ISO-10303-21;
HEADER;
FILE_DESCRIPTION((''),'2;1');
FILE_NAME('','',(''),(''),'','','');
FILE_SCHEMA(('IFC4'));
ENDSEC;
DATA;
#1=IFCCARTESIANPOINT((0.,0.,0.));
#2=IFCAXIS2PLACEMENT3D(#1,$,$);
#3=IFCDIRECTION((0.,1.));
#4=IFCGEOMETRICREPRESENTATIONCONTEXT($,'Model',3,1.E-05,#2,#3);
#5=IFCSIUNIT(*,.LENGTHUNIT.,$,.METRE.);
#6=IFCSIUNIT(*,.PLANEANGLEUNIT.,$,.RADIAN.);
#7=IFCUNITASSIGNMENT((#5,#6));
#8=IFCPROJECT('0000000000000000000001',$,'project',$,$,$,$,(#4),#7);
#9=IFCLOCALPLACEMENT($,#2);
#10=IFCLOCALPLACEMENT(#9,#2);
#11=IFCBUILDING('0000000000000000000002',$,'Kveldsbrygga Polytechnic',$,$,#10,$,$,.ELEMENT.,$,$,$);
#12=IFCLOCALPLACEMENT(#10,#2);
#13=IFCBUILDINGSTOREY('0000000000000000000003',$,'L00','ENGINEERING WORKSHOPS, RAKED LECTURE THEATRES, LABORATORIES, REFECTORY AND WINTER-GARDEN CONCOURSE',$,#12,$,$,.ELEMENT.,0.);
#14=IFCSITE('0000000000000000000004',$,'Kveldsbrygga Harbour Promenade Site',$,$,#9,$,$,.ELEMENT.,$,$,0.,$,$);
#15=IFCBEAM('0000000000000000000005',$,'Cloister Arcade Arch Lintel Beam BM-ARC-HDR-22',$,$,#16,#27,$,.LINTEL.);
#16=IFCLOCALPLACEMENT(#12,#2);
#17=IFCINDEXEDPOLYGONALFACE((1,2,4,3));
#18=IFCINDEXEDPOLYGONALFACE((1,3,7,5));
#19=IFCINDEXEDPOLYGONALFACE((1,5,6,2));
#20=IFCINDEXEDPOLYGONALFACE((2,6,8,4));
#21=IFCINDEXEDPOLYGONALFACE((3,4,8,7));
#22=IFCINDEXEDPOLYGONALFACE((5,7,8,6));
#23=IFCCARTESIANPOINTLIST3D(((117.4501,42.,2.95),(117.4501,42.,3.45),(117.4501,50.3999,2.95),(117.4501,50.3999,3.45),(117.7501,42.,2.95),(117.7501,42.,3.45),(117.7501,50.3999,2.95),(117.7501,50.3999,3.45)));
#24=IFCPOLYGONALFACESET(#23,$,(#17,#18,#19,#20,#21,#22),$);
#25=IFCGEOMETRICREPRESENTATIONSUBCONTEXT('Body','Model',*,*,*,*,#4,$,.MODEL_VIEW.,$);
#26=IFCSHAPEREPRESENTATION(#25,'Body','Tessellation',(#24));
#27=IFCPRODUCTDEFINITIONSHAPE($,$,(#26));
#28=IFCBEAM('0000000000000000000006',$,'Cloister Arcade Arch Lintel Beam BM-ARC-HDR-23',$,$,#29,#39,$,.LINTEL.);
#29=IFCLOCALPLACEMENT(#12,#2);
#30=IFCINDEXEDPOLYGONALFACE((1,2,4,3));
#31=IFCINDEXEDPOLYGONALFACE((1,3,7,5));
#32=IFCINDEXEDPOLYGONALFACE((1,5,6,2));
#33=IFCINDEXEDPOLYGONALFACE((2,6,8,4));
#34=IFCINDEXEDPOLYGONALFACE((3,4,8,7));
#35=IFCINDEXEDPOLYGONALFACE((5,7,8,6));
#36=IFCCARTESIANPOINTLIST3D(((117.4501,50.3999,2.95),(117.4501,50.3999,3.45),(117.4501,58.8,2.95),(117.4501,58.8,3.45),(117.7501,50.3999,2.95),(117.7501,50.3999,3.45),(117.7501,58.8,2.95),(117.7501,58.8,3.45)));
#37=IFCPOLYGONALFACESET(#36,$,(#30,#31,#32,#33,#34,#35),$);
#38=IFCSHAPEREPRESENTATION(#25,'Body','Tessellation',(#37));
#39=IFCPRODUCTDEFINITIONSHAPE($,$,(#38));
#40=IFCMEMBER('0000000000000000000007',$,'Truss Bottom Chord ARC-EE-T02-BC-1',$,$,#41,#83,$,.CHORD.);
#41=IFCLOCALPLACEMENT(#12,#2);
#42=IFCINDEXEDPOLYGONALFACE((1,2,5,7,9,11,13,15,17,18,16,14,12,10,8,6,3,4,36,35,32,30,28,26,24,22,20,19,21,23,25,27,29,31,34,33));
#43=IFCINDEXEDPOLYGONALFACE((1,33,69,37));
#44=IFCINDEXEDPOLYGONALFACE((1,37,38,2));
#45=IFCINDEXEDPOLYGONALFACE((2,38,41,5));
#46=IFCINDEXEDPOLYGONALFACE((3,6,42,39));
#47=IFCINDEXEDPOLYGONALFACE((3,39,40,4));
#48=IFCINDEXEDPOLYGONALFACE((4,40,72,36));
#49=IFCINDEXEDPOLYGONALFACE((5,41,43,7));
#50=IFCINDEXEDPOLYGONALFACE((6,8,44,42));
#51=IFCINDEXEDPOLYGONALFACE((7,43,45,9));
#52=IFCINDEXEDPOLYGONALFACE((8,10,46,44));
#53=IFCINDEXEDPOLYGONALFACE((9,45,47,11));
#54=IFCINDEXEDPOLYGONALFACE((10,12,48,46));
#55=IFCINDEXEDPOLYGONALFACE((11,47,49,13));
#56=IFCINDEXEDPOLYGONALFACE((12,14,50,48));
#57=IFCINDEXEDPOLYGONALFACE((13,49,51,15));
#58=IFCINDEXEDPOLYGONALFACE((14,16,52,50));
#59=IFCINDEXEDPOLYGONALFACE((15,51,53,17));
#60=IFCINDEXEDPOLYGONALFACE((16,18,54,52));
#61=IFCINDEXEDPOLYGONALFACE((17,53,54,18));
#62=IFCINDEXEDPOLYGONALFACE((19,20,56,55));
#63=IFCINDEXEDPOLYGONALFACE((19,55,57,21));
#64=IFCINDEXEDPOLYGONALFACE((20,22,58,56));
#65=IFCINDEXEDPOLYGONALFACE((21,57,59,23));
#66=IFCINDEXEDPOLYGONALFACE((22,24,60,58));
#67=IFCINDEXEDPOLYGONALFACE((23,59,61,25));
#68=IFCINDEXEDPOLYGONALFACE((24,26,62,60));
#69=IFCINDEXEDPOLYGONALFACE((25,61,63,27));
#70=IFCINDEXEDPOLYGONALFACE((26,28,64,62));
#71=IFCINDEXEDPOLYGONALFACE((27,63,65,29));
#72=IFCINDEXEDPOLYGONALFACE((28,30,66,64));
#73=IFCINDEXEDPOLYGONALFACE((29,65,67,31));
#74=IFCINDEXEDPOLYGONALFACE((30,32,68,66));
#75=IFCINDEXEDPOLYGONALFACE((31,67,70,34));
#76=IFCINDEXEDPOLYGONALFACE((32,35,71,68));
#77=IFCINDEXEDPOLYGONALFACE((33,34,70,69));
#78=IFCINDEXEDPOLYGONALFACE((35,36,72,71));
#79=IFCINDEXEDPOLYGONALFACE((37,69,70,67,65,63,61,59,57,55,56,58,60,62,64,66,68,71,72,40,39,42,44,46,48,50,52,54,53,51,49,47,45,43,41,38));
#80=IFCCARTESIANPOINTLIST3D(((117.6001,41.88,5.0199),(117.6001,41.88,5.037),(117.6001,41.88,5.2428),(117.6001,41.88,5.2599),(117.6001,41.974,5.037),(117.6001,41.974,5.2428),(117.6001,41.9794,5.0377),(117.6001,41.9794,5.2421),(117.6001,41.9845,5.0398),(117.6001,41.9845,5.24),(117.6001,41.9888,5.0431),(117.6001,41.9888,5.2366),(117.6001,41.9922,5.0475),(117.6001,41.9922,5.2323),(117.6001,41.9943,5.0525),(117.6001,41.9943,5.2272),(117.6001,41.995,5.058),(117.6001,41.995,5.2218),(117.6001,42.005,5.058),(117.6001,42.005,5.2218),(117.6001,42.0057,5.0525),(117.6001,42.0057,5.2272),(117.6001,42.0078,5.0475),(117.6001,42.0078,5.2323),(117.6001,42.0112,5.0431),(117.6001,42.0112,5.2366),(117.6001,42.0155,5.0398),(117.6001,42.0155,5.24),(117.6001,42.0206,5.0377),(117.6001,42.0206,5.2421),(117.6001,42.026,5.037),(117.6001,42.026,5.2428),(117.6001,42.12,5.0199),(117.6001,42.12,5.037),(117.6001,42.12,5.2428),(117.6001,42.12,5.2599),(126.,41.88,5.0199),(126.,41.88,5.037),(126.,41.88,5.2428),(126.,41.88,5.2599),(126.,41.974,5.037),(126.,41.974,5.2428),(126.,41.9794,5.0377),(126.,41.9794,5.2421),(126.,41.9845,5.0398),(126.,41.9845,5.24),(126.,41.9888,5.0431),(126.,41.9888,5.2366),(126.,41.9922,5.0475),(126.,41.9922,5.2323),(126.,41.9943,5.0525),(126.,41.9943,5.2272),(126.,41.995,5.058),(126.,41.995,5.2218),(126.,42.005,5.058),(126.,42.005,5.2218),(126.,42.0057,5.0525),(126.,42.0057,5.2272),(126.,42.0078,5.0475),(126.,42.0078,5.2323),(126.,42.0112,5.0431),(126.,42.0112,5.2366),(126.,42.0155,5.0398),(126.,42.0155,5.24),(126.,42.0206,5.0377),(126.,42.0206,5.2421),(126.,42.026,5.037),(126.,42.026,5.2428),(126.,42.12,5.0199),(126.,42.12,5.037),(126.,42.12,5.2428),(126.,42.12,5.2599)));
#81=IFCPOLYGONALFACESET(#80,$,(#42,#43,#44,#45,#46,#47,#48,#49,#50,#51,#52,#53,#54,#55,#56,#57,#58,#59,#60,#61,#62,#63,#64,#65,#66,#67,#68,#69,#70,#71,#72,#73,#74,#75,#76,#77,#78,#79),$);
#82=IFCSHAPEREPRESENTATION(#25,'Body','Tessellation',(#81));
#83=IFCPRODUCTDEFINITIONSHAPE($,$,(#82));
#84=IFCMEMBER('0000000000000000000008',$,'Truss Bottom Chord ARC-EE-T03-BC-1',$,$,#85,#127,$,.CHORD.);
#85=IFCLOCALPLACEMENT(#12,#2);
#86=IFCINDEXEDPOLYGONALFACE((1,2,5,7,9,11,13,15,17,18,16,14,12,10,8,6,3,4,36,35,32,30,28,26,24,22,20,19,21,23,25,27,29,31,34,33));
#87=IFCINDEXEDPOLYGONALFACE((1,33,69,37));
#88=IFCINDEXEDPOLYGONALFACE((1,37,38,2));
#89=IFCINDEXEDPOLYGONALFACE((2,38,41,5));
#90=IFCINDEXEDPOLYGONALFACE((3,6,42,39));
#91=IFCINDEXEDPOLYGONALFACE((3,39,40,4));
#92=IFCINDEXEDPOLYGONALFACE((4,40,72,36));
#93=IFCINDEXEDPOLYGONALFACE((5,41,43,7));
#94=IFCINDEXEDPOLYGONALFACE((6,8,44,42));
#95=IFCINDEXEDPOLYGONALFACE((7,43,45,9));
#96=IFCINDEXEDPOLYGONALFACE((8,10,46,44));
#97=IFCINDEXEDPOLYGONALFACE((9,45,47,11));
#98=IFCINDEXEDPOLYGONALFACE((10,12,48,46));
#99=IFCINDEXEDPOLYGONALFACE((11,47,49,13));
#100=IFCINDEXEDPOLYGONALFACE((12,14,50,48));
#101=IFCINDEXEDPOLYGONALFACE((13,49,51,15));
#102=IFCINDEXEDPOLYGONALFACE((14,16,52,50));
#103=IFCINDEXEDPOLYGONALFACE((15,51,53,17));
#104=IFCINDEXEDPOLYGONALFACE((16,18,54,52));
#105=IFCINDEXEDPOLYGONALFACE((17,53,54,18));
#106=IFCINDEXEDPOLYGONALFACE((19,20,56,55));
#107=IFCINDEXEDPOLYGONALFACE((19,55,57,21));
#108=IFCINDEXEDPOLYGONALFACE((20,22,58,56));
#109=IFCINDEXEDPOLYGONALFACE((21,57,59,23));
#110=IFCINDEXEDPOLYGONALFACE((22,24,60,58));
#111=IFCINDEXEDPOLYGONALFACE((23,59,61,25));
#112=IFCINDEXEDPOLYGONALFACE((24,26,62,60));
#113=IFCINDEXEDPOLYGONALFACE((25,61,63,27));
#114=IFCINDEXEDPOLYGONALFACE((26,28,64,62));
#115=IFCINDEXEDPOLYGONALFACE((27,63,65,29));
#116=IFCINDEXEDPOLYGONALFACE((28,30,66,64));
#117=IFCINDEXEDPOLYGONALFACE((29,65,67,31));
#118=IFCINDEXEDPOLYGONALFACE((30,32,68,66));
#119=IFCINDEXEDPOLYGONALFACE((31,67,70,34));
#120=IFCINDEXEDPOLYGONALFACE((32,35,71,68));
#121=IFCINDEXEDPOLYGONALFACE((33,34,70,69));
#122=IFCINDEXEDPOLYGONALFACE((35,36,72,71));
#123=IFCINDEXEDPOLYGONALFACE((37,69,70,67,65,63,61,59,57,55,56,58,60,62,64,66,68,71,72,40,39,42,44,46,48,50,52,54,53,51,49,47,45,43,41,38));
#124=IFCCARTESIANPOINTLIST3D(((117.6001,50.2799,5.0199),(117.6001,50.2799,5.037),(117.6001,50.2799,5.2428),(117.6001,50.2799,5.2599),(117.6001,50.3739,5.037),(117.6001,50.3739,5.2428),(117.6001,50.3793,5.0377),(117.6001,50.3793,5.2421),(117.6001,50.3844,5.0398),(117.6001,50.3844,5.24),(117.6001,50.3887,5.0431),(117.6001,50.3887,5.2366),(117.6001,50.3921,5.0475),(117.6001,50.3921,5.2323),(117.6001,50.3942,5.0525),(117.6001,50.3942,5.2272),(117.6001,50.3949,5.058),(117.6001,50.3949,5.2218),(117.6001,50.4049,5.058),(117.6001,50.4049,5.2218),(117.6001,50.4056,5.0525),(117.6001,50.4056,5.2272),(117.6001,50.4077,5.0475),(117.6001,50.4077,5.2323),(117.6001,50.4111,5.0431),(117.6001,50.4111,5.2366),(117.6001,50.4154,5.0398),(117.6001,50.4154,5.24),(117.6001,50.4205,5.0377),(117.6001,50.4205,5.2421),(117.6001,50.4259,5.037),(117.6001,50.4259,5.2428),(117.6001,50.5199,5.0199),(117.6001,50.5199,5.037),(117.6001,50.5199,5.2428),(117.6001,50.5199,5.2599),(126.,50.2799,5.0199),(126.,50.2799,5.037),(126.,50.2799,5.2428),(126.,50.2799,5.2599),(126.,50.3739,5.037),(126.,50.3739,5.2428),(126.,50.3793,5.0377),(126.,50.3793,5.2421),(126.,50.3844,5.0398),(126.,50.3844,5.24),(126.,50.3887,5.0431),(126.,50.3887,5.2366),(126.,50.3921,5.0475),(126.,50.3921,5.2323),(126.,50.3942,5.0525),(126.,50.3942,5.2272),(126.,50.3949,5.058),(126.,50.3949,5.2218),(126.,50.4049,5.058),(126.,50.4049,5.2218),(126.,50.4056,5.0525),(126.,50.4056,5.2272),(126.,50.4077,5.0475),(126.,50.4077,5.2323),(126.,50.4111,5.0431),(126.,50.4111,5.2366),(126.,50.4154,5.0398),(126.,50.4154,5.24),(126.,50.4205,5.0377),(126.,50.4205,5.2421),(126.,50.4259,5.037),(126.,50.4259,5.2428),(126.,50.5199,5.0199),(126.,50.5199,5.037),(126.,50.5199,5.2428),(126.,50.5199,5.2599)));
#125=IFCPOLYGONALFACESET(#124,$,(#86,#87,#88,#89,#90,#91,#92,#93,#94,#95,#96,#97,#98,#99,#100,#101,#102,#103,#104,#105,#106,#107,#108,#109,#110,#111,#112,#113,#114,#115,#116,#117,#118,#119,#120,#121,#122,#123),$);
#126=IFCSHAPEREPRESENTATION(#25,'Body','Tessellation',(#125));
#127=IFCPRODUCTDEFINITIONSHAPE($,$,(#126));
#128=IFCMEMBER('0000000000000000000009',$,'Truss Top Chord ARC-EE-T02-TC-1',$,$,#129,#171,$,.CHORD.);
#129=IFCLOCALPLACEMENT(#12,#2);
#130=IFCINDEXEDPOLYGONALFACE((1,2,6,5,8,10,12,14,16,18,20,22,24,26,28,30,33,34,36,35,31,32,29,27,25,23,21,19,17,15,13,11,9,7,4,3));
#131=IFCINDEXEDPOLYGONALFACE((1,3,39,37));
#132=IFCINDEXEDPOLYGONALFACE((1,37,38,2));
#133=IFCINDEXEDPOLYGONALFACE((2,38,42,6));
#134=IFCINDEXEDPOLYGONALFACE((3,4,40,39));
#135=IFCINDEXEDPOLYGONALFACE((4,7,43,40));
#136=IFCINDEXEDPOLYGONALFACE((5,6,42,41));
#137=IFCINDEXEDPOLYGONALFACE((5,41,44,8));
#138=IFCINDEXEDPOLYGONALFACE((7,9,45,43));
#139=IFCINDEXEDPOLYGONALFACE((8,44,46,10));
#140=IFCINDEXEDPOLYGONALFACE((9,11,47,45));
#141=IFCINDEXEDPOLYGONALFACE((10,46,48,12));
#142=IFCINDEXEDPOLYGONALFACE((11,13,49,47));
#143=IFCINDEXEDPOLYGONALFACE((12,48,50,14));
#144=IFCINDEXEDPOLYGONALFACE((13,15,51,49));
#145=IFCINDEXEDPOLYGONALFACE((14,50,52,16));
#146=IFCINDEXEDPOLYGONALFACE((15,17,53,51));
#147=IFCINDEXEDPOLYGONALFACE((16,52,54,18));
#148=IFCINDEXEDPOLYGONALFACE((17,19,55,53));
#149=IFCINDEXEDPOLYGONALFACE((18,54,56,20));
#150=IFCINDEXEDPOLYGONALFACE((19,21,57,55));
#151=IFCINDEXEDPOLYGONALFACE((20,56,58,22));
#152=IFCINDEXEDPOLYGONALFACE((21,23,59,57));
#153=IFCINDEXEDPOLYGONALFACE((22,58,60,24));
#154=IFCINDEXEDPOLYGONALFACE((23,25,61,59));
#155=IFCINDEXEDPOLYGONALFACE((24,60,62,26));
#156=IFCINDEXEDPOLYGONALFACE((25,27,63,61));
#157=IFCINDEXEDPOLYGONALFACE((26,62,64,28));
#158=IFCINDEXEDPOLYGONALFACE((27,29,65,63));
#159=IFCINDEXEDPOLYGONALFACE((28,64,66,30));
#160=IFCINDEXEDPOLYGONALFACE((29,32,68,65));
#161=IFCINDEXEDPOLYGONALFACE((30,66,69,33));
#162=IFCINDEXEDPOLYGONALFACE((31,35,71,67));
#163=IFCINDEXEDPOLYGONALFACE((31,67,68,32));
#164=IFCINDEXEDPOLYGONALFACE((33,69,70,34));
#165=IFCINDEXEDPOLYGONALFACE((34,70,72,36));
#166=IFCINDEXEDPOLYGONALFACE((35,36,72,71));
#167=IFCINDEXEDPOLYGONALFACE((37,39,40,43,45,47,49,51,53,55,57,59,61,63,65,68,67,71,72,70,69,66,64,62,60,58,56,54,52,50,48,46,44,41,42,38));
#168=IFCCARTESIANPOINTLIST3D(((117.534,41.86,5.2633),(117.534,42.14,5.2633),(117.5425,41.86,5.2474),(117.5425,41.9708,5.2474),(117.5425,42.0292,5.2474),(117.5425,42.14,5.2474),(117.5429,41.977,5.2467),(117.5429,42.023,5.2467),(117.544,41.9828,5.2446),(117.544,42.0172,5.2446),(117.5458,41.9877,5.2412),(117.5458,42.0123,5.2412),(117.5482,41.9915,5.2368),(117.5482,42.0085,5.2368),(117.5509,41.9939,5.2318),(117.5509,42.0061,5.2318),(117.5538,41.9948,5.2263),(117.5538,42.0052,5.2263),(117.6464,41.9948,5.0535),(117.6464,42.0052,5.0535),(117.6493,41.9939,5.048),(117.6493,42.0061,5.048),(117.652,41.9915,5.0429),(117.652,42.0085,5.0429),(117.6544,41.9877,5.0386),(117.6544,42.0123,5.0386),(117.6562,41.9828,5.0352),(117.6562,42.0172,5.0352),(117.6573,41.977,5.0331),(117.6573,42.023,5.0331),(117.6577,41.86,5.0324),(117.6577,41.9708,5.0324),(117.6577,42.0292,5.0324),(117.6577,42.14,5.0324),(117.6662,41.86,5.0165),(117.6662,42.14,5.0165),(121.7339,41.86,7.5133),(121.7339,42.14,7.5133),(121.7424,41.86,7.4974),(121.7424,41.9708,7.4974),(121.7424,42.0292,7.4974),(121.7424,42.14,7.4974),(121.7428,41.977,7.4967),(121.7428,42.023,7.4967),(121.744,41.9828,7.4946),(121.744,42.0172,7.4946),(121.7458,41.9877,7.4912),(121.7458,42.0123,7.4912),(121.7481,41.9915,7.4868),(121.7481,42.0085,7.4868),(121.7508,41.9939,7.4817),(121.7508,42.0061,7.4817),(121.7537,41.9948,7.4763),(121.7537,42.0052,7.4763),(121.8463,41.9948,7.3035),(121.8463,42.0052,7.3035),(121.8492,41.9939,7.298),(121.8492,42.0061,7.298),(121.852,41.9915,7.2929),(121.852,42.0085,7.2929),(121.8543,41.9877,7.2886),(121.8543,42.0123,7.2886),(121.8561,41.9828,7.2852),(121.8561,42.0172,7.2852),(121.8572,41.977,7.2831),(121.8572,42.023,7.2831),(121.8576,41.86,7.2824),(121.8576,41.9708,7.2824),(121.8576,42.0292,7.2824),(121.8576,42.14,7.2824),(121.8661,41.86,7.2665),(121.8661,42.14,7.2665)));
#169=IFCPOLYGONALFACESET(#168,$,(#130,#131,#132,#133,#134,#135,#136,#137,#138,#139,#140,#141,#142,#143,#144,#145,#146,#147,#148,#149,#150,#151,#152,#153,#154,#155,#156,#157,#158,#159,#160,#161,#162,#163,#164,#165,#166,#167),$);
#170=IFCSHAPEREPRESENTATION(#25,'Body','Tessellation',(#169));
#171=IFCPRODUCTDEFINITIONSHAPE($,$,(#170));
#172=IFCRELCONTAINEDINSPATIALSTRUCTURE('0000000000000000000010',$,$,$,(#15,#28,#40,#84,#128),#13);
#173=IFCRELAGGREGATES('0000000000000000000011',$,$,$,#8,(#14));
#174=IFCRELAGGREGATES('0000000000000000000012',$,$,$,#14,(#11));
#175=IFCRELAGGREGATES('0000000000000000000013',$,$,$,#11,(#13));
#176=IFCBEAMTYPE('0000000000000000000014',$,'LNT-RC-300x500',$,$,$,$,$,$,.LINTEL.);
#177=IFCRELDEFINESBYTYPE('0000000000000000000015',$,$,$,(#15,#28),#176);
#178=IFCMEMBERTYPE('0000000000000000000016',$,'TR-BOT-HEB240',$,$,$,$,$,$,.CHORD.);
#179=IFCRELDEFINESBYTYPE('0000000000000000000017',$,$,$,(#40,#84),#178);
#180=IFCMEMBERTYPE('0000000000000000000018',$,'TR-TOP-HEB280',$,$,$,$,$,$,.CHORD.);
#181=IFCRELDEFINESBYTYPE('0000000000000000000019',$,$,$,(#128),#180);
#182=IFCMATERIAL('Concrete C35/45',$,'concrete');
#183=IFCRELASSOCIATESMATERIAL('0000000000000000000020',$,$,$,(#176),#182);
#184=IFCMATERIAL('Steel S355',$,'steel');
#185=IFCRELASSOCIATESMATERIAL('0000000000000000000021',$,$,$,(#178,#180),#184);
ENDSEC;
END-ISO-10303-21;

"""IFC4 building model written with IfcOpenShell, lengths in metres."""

from ifc_helpers import new_model, si_unit, direction, frame, origin, origin_2d, place, context, subcontext, project, spatial, rectangle, i_section, extrude, material, material_profile, profile_set, type_object, element, save


model = new_model("IFC4")

# Units and contexts
model_context = context("Model", 3, precision=1e-05, world=origin(), true_north=direction((0.0, 1.0)))
body_context = subcontext(model_context, "Body", "Model", "MODEL_VIEW")
ifc_project = project(units=[si_unit("LENGTHUNIT", "METRE"), si_unit("PLANEANGLEUNIT", "RADIAN")], contexts=[model_context])

# Site, building, storey
site_placement = place(None, origin())
site = spatial("IfcSite", under=ifc_project, at=site_placement, Name="Kveldsbrygga Harbour Promenade Site", CompositionType="ELEMENT", RefElevation=0.0)
building_placement = place(site_placement, origin())
building = spatial("IfcBuilding", under=site, at=building_placement, Name="Kveldsbrygga Polytechnic", CompositionType="ELEMENT")
storey_placement = place(building_placement, origin())
storey = spatial("IfcBuildingStorey", under=building, at=storey_placement, Name="L00", Description="ENGINEERING WORKSHOPS, RAKED LECTURE THEATRES, LABORATORIES, REFECTORY AND WINTER-GARDEN CONCOURSE", CompositionType="ELEMENT", Elevation=0.0)

# Shared definitions
ifc_material_1 = material(Name="Concrete C35/45", Category="concrete")

# Beams
ifc_material_profile_1 = material_profile(ifc_material_1, rectangle(XDim=0.3, YDim=0.5, at=origin_2d()), Name="RC 300x500")
ifc_profile_set_1 = profile_set([ifc_material_profile_1], Name="Concrete C35/45")
beam_type = type_object("IfcBeamType", Name="LNT-RC-300x500", PredefinedType="LINTEL", material=ifc_profile_set_1)
beam_1_placement = place(storey_placement, frame((117.6001, 42.0, 3.2), z_axis=(0.0, 1.0, 0.0), x_axis=(-1.0, 0.0, 0.0)))
element("IfcBeam", 1, at=beam_1_placement, inside=storey, type_object=beam_type, Name="Cloister Arcade Arch Lintel Beam BM-ARC-HDR-22", PredefinedType="LINTEL", context=body_context, shape_type="SweptSolid", body=[
    extrude(rectangle(XDim=0.3, YDim=0.5, at=origin_2d()), origin(), (0.0, 0.0, 1.0), 8.3999),
])
beam_2_placement = place(storey_placement, frame((117.6001, 50.3999, 3.2), z_axis=(0.0, 1.0, 0.0), x_axis=(-1.0, 0.0, 0.0)))
element("IfcBeam", 2, at=beam_2_placement, inside=storey, type_object=beam_type, Name="Cloister Arcade Arch Lintel Beam BM-ARC-HDR-23", PredefinedType="LINTEL", context=body_context, shape_type="SweptSolid", body=[
    extrude(rectangle(XDim=0.3, YDim=0.5, at=origin_2d()), origin(), (0.0, 0.0, 1.0), 8.4001),
])

# Members
ifc_material_2 = material(Name="Steel S355", Category="steel")
ifc_material_profile_2 = material_profile(ifc_material_2, i_section(OverallWidth=0.24, OverallDepth=0.24, WebThickness=0.01, FlangeThickness=0.0171, FilletRadius=0.021, at=origin_2d()), Name="HEB 240")
ifc_profile_set_2 = profile_set([ifc_material_profile_2], Name="Steel S355")
member_type_1 = type_object("IfcMemberType", Name="TR-BOT-HEB240", PredefinedType="CHORD", material=ifc_profile_set_2)
for number, where, z_axis, x_axis, name in (
    (3, (117.6001, 42.0, 5.1399), (1.0, 0.0, 0.0), (0.0, 1.0, 0.0), "Truss Bottom Chord ARC-EE-T02-BC-1"),
    (4, (117.6001, 50.3999, 5.1399), (1.0, 0.0, 0.0), (0.0, 1.0, 0.0), "Truss Bottom Chord ARC-EE-T03-BC-1"),
):
    element("IfcMember", number, at=place(storey_placement, frame(where, z_axis=z_axis, x_axis=x_axis)), inside=storey, type_object=member_type_1, Name=name, PredefinedType="CHORD", context=body_context, shape_type="SweptSolid", body=[
        extrude(i_section(OverallWidth=0.24, OverallDepth=0.24, WebThickness=0.01, FlangeThickness=0.0171, FilletRadius=0.021, at=origin_2d()), origin(), (0.0, 0.0, 1.0), 8.3999),
    ])
ifc_material_profile_3 = material_profile(ifc_material_2, i_section(OverallWidth=0.28, OverallDepth=0.28, WebThickness=0.0105, FlangeThickness=0.0181, FilletRadius=0.0239, at=origin_2d()), Name="HEB 280")
ifc_profile_set_3 = profile_set([ifc_material_profile_3], Name="Steel S355")
member_type_2 = type_object("IfcMemberType", Name="TR-TOP-HEB280", PredefinedType="CHORD", material=ifc_profile_set_3)
for number, where, z_axis, x_axis, name in (
    (5, (117.6001, 42.0, 5.1399), (0.881478, 0.0, 0.472226), (0.0, 1.0, 0.0), "Truss Top Chord ARC-EE-T02-TC-1"),
):
    element("IfcMember", number, at=place(storey_placement, frame(where, z_axis=z_axis, x_axis=x_axis)), inside=storey, type_object=member_type_2, Name=name, PredefinedType="CHORD", context=body_context, shape_type="SweptSolid", body=[
        extrude(i_section(OverallWidth=0.28, OverallDepth=0.28, WebThickness=0.0105, FlangeThickness=0.0181, FilletRadius=0.0239, at=origin_2d()), origin(), (0.0, 0.0, 1.0), 4.7646),
    ])

save(model, "model.ifc")
